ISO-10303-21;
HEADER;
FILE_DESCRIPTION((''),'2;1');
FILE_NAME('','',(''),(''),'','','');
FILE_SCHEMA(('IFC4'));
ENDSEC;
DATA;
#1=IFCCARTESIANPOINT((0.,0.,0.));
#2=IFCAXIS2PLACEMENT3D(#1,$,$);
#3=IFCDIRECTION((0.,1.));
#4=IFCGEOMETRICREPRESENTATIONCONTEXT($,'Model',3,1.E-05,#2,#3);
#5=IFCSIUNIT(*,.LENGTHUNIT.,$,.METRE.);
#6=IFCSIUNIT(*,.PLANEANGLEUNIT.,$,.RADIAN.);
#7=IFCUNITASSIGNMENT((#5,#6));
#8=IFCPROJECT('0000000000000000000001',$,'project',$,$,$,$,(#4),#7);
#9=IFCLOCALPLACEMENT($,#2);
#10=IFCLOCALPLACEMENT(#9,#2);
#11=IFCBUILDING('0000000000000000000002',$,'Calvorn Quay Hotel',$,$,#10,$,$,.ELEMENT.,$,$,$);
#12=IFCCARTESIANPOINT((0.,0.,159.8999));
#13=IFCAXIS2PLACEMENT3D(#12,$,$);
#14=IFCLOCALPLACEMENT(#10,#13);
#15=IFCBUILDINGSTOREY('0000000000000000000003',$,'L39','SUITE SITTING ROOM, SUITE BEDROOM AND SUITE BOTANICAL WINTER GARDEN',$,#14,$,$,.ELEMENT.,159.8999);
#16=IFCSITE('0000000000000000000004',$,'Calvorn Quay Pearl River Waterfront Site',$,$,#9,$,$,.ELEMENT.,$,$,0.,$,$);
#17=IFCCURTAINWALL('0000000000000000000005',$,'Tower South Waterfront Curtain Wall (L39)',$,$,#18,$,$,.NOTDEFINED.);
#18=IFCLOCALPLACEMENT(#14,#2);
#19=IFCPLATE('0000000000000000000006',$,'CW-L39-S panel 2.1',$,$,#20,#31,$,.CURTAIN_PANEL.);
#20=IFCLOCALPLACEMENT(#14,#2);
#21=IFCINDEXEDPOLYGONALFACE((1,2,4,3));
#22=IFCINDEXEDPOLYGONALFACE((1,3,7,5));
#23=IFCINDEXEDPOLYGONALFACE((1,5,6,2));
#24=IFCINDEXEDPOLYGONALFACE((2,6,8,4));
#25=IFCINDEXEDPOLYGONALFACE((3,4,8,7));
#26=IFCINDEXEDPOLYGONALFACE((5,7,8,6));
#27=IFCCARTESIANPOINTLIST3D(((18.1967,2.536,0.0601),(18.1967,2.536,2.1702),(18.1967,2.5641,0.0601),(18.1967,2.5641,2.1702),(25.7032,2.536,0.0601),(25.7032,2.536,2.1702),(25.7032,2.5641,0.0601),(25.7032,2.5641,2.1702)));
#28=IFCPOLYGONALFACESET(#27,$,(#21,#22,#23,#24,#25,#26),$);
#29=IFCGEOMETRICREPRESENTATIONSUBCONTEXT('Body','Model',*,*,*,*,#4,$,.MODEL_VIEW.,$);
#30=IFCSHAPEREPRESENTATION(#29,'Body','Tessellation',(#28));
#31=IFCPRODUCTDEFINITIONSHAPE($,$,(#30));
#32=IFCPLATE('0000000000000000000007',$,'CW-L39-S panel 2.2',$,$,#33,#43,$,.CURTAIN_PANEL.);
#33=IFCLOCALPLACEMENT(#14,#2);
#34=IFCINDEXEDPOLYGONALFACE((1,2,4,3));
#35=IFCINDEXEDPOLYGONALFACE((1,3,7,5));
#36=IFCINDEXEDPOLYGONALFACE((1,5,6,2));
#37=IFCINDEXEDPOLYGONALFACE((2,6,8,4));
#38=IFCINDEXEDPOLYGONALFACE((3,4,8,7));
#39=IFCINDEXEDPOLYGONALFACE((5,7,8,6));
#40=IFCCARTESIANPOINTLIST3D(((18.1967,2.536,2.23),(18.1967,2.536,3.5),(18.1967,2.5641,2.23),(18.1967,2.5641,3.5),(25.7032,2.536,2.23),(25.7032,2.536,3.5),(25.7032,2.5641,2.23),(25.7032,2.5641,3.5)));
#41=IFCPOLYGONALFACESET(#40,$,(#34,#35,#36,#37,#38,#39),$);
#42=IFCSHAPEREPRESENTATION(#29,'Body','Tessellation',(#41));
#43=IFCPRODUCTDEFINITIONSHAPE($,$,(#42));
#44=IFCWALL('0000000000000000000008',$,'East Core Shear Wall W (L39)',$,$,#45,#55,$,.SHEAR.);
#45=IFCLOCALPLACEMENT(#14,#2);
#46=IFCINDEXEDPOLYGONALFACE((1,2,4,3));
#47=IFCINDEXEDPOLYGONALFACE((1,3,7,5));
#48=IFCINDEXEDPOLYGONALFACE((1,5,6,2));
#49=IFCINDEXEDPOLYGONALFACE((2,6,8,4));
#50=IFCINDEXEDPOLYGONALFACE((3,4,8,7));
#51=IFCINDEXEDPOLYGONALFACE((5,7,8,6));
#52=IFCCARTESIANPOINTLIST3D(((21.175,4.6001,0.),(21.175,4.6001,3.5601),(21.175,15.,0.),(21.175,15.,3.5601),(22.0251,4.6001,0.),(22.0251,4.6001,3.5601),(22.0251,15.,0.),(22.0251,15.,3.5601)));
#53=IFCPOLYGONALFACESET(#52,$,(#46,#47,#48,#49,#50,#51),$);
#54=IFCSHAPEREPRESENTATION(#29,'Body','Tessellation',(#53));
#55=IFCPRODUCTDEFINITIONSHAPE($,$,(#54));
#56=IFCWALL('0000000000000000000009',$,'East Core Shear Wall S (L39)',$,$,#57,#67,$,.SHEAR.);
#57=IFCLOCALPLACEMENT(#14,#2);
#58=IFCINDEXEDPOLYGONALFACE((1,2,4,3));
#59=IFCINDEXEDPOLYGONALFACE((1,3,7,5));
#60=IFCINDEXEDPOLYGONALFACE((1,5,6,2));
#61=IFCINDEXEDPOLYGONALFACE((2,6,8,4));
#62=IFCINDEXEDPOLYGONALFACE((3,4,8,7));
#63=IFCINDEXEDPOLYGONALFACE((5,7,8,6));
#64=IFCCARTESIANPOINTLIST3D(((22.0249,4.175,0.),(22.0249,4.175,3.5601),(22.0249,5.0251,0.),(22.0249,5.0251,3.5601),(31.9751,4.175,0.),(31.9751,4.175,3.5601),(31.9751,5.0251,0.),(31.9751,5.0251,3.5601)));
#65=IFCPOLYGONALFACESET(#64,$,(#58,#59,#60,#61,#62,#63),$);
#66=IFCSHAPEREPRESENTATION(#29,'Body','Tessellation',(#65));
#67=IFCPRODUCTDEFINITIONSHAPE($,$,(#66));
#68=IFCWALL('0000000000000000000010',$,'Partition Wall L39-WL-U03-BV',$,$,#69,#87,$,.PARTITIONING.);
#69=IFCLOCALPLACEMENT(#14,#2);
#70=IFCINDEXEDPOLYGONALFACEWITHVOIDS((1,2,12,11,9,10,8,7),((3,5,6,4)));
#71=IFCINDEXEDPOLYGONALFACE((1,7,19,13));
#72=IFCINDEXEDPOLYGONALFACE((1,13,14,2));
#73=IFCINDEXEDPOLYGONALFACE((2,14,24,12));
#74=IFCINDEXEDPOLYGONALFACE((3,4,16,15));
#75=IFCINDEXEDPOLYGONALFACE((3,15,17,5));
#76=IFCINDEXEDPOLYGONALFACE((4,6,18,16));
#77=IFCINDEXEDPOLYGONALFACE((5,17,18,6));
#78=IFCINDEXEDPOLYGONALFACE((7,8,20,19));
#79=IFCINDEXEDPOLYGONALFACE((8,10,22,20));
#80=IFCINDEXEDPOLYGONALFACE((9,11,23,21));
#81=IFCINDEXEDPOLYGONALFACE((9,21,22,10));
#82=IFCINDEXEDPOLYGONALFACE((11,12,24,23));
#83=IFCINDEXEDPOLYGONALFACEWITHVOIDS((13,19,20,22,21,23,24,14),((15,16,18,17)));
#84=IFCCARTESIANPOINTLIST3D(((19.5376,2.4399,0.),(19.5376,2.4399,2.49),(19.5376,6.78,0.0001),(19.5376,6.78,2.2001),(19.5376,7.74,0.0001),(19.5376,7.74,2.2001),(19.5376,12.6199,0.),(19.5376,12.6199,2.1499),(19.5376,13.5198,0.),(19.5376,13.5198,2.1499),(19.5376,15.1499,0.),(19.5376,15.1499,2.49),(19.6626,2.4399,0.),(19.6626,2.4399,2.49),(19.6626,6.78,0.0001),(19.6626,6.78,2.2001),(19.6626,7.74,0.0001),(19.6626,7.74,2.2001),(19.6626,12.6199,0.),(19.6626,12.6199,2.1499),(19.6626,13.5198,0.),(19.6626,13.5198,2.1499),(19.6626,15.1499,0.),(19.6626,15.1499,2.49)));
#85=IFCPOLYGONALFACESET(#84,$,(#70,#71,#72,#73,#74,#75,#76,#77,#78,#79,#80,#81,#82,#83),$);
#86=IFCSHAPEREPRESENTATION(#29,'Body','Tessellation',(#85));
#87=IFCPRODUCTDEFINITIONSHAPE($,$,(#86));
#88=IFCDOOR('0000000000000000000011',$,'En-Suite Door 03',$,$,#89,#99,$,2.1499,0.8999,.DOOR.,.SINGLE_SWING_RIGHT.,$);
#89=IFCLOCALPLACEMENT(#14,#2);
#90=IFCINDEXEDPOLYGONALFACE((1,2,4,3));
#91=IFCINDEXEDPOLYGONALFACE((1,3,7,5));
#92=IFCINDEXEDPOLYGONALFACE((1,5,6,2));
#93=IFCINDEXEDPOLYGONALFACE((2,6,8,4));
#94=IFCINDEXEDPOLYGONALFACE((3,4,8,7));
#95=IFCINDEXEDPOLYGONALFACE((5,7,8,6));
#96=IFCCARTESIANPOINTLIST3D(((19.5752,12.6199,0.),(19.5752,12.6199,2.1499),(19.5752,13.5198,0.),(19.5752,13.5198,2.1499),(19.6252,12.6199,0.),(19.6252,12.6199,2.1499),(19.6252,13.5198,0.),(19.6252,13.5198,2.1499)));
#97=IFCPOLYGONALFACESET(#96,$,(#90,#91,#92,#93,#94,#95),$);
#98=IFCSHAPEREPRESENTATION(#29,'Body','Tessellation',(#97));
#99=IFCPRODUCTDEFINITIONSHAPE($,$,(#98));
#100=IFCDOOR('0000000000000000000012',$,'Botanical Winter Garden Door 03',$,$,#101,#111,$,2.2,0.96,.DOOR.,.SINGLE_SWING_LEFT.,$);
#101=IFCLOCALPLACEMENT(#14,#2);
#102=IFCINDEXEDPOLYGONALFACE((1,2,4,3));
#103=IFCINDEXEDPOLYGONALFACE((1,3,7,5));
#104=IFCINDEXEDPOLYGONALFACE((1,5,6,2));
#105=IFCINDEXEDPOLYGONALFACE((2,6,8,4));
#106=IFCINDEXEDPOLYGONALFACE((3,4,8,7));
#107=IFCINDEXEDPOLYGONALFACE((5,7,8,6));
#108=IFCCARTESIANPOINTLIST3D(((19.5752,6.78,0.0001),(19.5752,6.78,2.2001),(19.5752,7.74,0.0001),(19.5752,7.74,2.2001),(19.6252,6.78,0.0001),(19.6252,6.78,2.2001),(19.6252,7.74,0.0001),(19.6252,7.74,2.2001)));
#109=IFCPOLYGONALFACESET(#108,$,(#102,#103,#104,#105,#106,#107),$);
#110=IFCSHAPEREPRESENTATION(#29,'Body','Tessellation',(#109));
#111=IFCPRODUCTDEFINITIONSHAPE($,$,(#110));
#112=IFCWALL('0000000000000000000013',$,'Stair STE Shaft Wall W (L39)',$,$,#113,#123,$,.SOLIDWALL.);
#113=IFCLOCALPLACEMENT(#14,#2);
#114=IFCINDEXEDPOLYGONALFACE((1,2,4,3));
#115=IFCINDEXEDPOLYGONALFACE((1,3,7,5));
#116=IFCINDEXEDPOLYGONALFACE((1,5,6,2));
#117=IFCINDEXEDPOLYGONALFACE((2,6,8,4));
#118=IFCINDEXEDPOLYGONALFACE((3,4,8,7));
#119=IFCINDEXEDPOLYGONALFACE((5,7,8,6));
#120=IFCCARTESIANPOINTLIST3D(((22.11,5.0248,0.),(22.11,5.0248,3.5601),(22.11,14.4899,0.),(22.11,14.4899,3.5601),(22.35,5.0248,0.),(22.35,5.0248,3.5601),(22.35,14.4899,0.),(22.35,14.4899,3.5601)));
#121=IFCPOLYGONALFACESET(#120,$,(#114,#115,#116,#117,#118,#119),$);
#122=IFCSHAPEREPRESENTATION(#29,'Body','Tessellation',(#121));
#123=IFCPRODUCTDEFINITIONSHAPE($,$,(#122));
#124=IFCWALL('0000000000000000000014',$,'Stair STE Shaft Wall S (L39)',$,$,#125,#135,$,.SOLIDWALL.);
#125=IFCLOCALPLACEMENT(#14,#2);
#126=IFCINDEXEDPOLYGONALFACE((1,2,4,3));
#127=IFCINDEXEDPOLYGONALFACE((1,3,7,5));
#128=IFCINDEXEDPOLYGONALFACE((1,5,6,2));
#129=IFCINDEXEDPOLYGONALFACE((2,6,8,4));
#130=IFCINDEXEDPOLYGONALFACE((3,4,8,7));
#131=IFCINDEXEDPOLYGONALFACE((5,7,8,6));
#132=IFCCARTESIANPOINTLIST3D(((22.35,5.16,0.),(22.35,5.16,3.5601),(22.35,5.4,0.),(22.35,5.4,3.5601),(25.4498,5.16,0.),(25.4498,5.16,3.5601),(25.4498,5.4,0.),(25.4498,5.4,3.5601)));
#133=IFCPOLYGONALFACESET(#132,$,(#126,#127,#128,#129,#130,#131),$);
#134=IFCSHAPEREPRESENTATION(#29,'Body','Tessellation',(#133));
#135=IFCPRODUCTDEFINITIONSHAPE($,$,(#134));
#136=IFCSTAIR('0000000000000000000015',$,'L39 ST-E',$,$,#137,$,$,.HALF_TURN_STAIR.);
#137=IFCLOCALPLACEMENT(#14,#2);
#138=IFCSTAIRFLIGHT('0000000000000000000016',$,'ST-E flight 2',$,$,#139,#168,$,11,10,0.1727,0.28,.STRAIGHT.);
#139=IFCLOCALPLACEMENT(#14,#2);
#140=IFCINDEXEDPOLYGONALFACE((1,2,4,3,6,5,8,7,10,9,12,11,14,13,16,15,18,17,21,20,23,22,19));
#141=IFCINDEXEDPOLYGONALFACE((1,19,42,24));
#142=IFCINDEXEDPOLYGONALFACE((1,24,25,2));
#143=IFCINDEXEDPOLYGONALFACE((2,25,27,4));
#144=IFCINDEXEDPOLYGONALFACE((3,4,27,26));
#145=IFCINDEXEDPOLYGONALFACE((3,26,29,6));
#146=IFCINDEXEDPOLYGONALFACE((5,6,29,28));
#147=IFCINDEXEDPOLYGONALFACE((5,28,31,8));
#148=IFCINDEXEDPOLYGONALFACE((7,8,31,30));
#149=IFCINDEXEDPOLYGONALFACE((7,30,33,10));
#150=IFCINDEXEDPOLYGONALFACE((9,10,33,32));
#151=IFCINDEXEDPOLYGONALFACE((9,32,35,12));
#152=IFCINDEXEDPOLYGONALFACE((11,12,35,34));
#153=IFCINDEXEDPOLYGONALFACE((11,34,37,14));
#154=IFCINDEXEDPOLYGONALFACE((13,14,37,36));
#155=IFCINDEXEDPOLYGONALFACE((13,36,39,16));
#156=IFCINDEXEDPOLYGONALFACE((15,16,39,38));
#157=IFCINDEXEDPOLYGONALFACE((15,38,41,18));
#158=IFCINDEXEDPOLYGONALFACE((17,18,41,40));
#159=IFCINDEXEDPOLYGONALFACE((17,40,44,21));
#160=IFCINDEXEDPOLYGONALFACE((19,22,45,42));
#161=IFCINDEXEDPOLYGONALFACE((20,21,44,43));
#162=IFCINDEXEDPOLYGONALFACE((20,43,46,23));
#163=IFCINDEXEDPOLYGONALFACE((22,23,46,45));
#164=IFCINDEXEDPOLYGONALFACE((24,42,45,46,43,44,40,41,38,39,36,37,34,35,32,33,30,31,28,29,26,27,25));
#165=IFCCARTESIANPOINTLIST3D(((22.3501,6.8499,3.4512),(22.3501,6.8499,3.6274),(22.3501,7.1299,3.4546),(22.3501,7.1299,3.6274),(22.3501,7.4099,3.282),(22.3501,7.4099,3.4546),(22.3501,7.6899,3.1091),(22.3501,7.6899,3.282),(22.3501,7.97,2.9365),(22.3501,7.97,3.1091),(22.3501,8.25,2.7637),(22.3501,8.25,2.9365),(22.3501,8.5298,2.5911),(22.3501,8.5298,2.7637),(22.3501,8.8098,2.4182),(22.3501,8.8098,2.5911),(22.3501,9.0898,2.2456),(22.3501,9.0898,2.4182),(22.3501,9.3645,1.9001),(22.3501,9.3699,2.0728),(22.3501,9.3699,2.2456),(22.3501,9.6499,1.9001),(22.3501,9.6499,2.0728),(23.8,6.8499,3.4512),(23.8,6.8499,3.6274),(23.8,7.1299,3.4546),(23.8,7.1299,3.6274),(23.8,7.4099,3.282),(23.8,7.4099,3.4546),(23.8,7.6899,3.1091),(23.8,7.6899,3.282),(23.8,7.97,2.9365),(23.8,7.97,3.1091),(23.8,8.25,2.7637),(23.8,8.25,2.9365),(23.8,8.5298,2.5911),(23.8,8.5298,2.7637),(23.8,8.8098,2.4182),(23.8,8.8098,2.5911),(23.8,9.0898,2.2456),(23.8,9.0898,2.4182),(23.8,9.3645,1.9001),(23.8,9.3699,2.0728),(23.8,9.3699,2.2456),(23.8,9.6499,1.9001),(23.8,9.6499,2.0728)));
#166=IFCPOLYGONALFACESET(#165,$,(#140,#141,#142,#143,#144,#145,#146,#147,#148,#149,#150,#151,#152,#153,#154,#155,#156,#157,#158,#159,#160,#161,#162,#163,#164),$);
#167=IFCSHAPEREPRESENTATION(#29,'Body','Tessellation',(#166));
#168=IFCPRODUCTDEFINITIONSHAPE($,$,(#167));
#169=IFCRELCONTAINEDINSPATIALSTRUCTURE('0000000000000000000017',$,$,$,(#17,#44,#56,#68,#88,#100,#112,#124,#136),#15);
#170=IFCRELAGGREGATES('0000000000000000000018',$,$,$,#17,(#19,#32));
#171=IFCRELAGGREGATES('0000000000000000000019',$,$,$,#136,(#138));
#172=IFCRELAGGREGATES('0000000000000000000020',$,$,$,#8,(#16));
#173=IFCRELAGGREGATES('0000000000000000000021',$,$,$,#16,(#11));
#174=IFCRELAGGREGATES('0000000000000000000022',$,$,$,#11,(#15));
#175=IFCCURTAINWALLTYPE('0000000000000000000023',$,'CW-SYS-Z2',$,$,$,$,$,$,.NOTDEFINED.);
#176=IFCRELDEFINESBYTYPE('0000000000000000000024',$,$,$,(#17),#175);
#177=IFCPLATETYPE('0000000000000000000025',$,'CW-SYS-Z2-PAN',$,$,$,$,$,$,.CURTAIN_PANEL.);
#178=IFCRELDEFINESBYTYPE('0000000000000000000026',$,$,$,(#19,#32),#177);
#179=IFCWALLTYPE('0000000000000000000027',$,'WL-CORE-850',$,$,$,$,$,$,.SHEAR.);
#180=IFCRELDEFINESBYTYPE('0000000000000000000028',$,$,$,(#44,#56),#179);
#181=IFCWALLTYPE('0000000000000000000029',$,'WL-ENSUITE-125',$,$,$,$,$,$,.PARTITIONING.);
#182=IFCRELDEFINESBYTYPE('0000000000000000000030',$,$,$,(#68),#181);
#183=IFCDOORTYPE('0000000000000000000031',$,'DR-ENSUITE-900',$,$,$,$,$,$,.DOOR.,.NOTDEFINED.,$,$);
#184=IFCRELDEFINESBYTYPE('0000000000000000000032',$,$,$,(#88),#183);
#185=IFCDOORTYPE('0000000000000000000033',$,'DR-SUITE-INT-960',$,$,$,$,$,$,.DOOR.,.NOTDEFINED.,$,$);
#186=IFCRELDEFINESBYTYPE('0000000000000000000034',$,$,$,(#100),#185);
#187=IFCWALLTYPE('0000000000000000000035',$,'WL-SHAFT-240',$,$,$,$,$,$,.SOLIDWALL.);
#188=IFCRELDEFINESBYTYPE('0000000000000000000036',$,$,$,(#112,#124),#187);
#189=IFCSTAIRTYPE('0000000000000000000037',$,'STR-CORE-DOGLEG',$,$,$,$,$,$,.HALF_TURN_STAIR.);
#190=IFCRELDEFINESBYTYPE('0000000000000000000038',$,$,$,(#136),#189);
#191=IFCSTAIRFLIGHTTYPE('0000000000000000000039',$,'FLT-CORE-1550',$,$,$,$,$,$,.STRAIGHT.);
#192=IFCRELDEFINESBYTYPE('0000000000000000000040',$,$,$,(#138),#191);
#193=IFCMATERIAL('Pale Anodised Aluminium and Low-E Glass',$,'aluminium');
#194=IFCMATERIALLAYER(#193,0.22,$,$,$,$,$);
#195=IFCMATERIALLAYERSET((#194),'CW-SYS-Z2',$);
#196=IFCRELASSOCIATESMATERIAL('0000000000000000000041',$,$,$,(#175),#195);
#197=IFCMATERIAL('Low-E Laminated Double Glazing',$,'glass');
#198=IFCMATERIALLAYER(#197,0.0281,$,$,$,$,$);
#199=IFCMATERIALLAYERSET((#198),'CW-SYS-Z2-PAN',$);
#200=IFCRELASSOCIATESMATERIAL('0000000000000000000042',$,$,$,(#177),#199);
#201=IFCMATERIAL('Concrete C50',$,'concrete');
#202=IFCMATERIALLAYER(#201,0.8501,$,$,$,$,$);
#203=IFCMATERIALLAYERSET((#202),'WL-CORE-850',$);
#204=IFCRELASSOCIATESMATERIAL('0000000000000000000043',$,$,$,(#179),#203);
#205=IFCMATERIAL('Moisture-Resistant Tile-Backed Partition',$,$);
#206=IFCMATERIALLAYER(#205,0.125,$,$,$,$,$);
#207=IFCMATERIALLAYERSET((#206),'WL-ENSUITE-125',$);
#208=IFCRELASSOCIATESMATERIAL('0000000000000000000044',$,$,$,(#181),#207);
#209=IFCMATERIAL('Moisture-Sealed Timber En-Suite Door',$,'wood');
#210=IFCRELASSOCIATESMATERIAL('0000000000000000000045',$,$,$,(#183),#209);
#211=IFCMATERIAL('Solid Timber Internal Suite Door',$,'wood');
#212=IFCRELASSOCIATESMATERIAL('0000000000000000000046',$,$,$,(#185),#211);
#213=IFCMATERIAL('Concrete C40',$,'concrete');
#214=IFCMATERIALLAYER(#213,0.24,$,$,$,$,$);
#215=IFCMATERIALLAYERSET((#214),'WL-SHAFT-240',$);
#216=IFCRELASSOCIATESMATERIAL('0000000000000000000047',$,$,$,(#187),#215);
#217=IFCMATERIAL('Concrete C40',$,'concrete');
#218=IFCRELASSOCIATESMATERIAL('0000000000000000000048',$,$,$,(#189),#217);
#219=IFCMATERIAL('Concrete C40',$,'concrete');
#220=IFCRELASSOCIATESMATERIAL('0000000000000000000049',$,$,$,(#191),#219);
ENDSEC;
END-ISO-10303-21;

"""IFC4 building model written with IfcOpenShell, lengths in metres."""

from ifc_helpers import new_model, si_unit, direction, frame, frame_2d, origin, origin_2d, place, context, subcontext, project, spatial, polyline, rectangle, outline, extrude, material, layer, layer_set, type_object, element, fill, aggregate, save


model = new_model("IFC4")

# Units and contexts
model_context = context("Model", 3, precision=1e-05, world=origin(), true_north=direction((0.0, 1.0)))
body_context = subcontext(model_context, "Body", "Model", "MODEL_VIEW")
ifc_project = project(units=[si_unit("LENGTHUNIT", "METRE"), si_unit("PLANEANGLEUNIT", "RADIAN")], contexts=[model_context])

# Site, building, storey
site_placement = place(None, origin())
site = spatial("IfcSite", under=ifc_project, at=site_placement, Name="Calvorn Quay Pearl River Waterfront Site", CompositionType="ELEMENT", RefElevation=0.0)
building_placement = place(site_placement, origin())
building = spatial("IfcBuilding", under=site, at=building_placement, Name="Calvorn Quay Hotel", CompositionType="ELEMENT")
storey_placement = place(building_placement, frame((0.0, 0.0, 159.8999)))
storey = spatial("IfcBuildingStorey", under=building, at=storey_placement, Name="L39", Description="SUITE SITTING ROOM, SUITE BEDROOM AND SUITE BOTANICAL WINTER GARDEN", CompositionType="ELEMENT", Elevation=159.8999)

# Curtain wall, plates
ifc_material_1 = material(Name="Pale Anodised Aluminium and Low-E Glass", Category="aluminium")
ifc_layer_1 = layer(ifc_material_1, 0.22)
ifc_layer_set_1 = layer_set([ifc_layer_1], Name="CW-SYS-Z2")
curtain_wall_type = type_object("IfcCurtainWallType", Name="CW-SYS-Z2", PredefinedType="NOTDEFINED", material=ifc_layer_set_1)
curtain_wall_placement = place(storey_placement, origin())
curtain_wall = element("IfcCurtainWall", 1, at=curtain_wall_placement, inside=storey, type_object=curtain_wall_type, Name="Tower South Waterfront Curtain Wall (L39)", PredefinedType="NOTDEFINED")
ifc_material_2 = material(Name="Low-E Laminated Double Glazing", Category="glass")
ifc_layer_2 = layer(ifc_material_2, 0.0281)
ifc_layer_set_2 = layer_set([ifc_layer_2], Name="CW-SYS-Z2-PAN")
plate_type = type_object("IfcPlateType", Name="CW-SYS-Z2-PAN", PredefinedType="CURTAIN_PANEL", material=ifc_layer_set_2)
plate_1_placement = place(storey_placement, frame((21.95, 2.55, 0.0601), z_axis=(0.0, 0.0, 1.0), x_axis=(1.0, 0.0, 0.0)))
plate_1 = element("IfcPlate", 2, at=plate_1_placement, type_object=plate_type, Name="CW-L39-S panel 2.1", PredefinedType="CURTAIN_PANEL", context=body_context, shape_type="SweptSolid", body=[
    extrude(rectangle(XDim=7.5066, YDim=0.0281, at=origin_2d()), origin(), (0.0, 0.0, 1.0), 2.1101),
])
plate_2_placement = place(storey_placement, frame((21.95, 2.55, 2.23), z_axis=(0.0, 0.0, 1.0), x_axis=(1.0, 0.0, 0.0)))
plate_2 = element("IfcPlate", 3, at=plate_2_placement, type_object=plate_type, Name="CW-L39-S panel 2.2", PredefinedType="CURTAIN_PANEL", context=body_context, shape_type="SweptSolid", body=[
    extrude(rectangle(XDim=7.5066, YDim=0.0281, at=origin_2d()), origin(), (0.0, 0.0, 1.0), 1.27),
])
aggregate(curtain_wall, [plate_1, plate_2])

# Walls
ifc_material_3 = material(Name="Concrete C50", Category="concrete")
ifc_layer_3 = layer(ifc_material_3, 0.8501)
ifc_layer_set_3 = layer_set([ifc_layer_3], Name="WL-CORE-850")
wall_type_1 = type_object("IfcWallType", Name="WL-CORE-850", PredefinedType="SHEAR", material=ifc_layer_set_3)
wall_1_placement = place(storey_placement, frame((21.6001, 4.6001, 0.0), z_axis=(0.0, 0.0, 1.0), x_axis=(0.0, 1.0, 0.0)))
element("IfcWall", 4, at=wall_1_placement, inside=storey, type_object=wall_type_1, Name="East Core Shear Wall W (L39)", PredefinedType="SHEAR", context=body_context, shape_type="SweptSolid", body=[
    extrude(rectangle(XDim=10.3999, YDim=0.8501, at=frame_2d((5.2, 0.0))), origin(), (0.0, 0.0, 1.0), 3.5601),
])
wall_2_placement = place(storey_placement, frame((22.0249, 4.6001, 0.0), z_axis=(0.0, 0.0, 1.0), x_axis=(1.0, 0.0, 0.0)))
element("IfcWall", 5, at=wall_2_placement, inside=storey, type_object=wall_type_1, Name="East Core Shear Wall S (L39)", PredefinedType="SHEAR", context=body_context, shape_type="SweptSolid", body=[
    extrude(rectangle(XDim=9.9502, YDim=0.8501, at=frame_2d((4.9751, 0.0))), origin(), (0.0, 0.0, 1.0), 3.5601),
])

# Wall, openings, doors
ifc_material_4 = material(Name="Moisture-Resistant Tile-Backed Partition")
ifc_layer_4 = layer(ifc_material_4, 0.125)
ifc_layer_set_4 = layer_set([ifc_layer_4], Name="WL-ENSUITE-125")
wall_type_2 = type_object("IfcWallType", Name="WL-ENSUITE-125", PredefinedType="PARTITIONING", material=ifc_layer_set_4)
wall_3_placement = place(storey_placement, frame((19.6001, 2.4399, 0.0), z_axis=(0.0, 0.0, 1.0), x_axis=(0.0, 1.0, 0.0)))
wall_3 = element("IfcWall", 6, at=wall_3_placement, inside=storey, type_object=wall_type_2, Name="Partition Wall L39-WL-U03-BV", PredefinedType="PARTITIONING", context=body_context, shape_type="SweptSolid", body=[
    extrude(rectangle(XDim=12.71, YDim=0.125, at=frame_2d((6.355, 0.0))), origin(), (0.0, 0.0, 1.0), 2.49),
])
opening_1_placement = place(wall_3_placement, frame((4.3401, 0.0, 0.0)))
opening_1 = element("IfcOpeningElement", 7, at=opening_1_placement, cuts=wall_3, PredefinedType="OPENING", context=body_context, shape_type="SweptSolid", body=[
    extrude(rectangle(XDim=0.96, YDim=2.2, at=frame_2d((0.48, 1.1001))), frame((0.0, 0.0725, 0.0), z_axis=(0.0, -1.0, 0.0), x_axis=(1.0, 0.0, 0.0)), (0.0, 0.0, 1.0), 0.145),
])
opening_2_placement = place(wall_3_placement, frame((10.1799, 0.0, 0.0)))
opening_2 = element("IfcOpeningElement", 8, at=opening_2_placement, cuts=wall_3, PredefinedType="OPENING", context=body_context, shape_type="SweptSolid", body=[
    extrude(rectangle(XDim=0.8999, YDim=2.1499, at=frame_2d((0.45, 1.075))), frame((0.0, 0.0725, 0.0), z_axis=(0.0, -1.0, 0.0), x_axis=(1.0, 0.0, 0.0)), (0.0, 0.0, 1.0), 0.145),
])
ifc_material_5 = material(Name="Moisture-Sealed Timber En-Suite Door", Category="wood")
door_type_1 = type_object("IfcDoorType", Name="DR-ENSUITE-900", OperationType="NOTDEFINED", PredefinedType="DOOR", material=ifc_material_5)
door_1_placement = place(opening_2_placement, origin())
door_1 = element("IfcDoor", 9, at=door_1_placement, inside=storey, type_object=door_type_1, Name="En-Suite Door 03", OperationType="SINGLE_SWING_RIGHT", OverallHeight=2.1499, OverallWidth=0.8999, PredefinedType="DOOR", context=body_context, shape_type="SweptSolid", body=[
    extrude(rectangle(XDim=0.8999, YDim=2.1499, at=frame_2d((0.45, 1.075))), frame((0.0, 0.0249, 0.0), z_axis=(0.0, -1.0, 0.0), x_axis=(1.0, 0.0, 0.0)), (0.0, 0.0, 1.0), 0.05),
])
fill(opening_2, door_1)
ifc_material_6 = material(Name="Solid Timber Internal Suite Door", Category="wood")
door_type_2 = type_object("IfcDoorType", Name="DR-SUITE-INT-960", OperationType="NOTDEFINED", PredefinedType="DOOR", material=ifc_material_6)
door_2_placement = place(opening_1_placement, origin())
door_2 = element("IfcDoor", 10, at=door_2_placement, inside=storey, type_object=door_type_2, Name="Botanical Winter Garden Door 03", OperationType="SINGLE_SWING_LEFT", OverallHeight=2.2, OverallWidth=0.96, PredefinedType="DOOR", context=body_context, shape_type="SweptSolid", body=[
    extrude(rectangle(XDim=0.96, YDim=2.2, at=frame_2d((0.48, 1.1001))), frame((0.0, 0.0249, 0.0), z_axis=(0.0, -1.0, 0.0), x_axis=(1.0, 0.0, 0.0)), (0.0, 0.0, 1.0), 0.05),
])
fill(opening_1, door_2)

# Walls
ifc_material_7 = material(Name="Concrete C40", Category="concrete")
ifc_layer_5 = layer(ifc_material_7, 0.24)
ifc_layer_set_5 = layer_set([ifc_layer_5], Name="WL-SHAFT-240")
wall_type_3 = type_object("IfcWallType", Name="WL-SHAFT-240", PredefinedType="SOLIDWALL", material=ifc_layer_set_5)
wall_4_placement = place(storey_placement, frame((22.23, 5.0249, 0.0), z_axis=(0.0, 0.0, 1.0), x_axis=(0.0, 1.0, 0.0)))
element("IfcWall", 11, at=wall_4_placement, inside=storey, type_object=wall_type_3, Name="Stair STE Shaft Wall W (L39)", PredefinedType="SOLIDWALL", context=body_context, shape_type="SweptSolid", body=[
    extrude(rectangle(XDim=9.4651, YDim=0.24, at=frame_2d((4.7324, 0.0))), origin(), (0.0, 0.0, 1.0), 3.5601),
])
wall_5_placement = place(storey_placement, frame((22.3501, 5.28, 0.0), z_axis=(0.0, 0.0, 1.0), x_axis=(1.0, 0.0, 0.0)))
element("IfcWall", 12, at=wall_5_placement, inside=storey, type_object=wall_type_3, Name="Stair STE Shaft Wall S (L39)", PredefinedType="SOLIDWALL", context=body_context, shape_type="SweptSolid", body=[
    extrude(rectangle(XDim=3.0999, YDim=0.24, at=frame_2d((1.5498, 0.0))), origin(), (0.0, 0.0, 1.0), 3.5601),
])

# Stair, stair flight
ifc_material_8 = material(Name="Concrete C40", Category="concrete")
stair_type = type_object("IfcStairType", Name="STR-CORE-DOGLEG", PredefinedType="HALF_TURN_STAIR", material=ifc_material_8)
stair_placement = place(storey_placement, origin())
stair = element("IfcStair", 13, at=stair_placement, inside=storey, type_object=stair_type, Name="L39 ST-E", PredefinedType="HALF_TURN_STAIR")
ifc_material_9 = material(Name="Concrete C40", Category="concrete")
stair_flight_type = type_object("IfcStairFlightType", Name="FLT-CORE-1550", PredefinedType="STRAIGHT", material=ifc_material_9)
stair_flight_placement = place(storey_placement, frame((23.075, 9.6499, 1.9001), z_axis=(0.0, 0.0, 1.0), x_axis=(0.0, -1.0, 0.0)))
stair_flight = element("IfcStairFlight", 14, at=stair_flight_placement, type_object=stair_flight_type, Name="ST-E flight 2", NumberOfRisers=11, NumberOfTreads=10, PredefinedType="STRAIGHT", RiserHeight=0.1727, TreadLength=0.28, context=body_context, shape_type="SweptSolid", body=[
    extrude(outline(polyline([(0.0, 0.0), (0.0, 0.1726), (0.28, 0.1726), (0.28, 0.3455), (0.5601, 0.3455), (0.5601, 0.5181), (0.8401, 0.5181), (0.8401, 0.6909), (1.1201, 0.6909), (1.1201, 0.8635), (1.3999, 0.8635), (1.3999, 1.0364), (1.6799, 1.0364), (1.6799, 1.209), (1.96, 1.209), (1.96, 1.3818), (2.24, 1.3818), (2.24, 1.5544), (2.52, 1.5544), (2.52, 1.7273), (2.8, 1.7273), (2.8, 1.8999), (2.8, 1.551), (0.2854, 0.0), (0.0, 0.0)])), frame((0.0, 0.7251, 0.0), z_axis=(0.0, -1.0, 0.0), x_axis=(1.0, 0.0, 0.0)), (0.0, 0.0, 1.0), 1.45),
])
aggregate(stair, [stair_flight])

save(model, "model.ifc")
